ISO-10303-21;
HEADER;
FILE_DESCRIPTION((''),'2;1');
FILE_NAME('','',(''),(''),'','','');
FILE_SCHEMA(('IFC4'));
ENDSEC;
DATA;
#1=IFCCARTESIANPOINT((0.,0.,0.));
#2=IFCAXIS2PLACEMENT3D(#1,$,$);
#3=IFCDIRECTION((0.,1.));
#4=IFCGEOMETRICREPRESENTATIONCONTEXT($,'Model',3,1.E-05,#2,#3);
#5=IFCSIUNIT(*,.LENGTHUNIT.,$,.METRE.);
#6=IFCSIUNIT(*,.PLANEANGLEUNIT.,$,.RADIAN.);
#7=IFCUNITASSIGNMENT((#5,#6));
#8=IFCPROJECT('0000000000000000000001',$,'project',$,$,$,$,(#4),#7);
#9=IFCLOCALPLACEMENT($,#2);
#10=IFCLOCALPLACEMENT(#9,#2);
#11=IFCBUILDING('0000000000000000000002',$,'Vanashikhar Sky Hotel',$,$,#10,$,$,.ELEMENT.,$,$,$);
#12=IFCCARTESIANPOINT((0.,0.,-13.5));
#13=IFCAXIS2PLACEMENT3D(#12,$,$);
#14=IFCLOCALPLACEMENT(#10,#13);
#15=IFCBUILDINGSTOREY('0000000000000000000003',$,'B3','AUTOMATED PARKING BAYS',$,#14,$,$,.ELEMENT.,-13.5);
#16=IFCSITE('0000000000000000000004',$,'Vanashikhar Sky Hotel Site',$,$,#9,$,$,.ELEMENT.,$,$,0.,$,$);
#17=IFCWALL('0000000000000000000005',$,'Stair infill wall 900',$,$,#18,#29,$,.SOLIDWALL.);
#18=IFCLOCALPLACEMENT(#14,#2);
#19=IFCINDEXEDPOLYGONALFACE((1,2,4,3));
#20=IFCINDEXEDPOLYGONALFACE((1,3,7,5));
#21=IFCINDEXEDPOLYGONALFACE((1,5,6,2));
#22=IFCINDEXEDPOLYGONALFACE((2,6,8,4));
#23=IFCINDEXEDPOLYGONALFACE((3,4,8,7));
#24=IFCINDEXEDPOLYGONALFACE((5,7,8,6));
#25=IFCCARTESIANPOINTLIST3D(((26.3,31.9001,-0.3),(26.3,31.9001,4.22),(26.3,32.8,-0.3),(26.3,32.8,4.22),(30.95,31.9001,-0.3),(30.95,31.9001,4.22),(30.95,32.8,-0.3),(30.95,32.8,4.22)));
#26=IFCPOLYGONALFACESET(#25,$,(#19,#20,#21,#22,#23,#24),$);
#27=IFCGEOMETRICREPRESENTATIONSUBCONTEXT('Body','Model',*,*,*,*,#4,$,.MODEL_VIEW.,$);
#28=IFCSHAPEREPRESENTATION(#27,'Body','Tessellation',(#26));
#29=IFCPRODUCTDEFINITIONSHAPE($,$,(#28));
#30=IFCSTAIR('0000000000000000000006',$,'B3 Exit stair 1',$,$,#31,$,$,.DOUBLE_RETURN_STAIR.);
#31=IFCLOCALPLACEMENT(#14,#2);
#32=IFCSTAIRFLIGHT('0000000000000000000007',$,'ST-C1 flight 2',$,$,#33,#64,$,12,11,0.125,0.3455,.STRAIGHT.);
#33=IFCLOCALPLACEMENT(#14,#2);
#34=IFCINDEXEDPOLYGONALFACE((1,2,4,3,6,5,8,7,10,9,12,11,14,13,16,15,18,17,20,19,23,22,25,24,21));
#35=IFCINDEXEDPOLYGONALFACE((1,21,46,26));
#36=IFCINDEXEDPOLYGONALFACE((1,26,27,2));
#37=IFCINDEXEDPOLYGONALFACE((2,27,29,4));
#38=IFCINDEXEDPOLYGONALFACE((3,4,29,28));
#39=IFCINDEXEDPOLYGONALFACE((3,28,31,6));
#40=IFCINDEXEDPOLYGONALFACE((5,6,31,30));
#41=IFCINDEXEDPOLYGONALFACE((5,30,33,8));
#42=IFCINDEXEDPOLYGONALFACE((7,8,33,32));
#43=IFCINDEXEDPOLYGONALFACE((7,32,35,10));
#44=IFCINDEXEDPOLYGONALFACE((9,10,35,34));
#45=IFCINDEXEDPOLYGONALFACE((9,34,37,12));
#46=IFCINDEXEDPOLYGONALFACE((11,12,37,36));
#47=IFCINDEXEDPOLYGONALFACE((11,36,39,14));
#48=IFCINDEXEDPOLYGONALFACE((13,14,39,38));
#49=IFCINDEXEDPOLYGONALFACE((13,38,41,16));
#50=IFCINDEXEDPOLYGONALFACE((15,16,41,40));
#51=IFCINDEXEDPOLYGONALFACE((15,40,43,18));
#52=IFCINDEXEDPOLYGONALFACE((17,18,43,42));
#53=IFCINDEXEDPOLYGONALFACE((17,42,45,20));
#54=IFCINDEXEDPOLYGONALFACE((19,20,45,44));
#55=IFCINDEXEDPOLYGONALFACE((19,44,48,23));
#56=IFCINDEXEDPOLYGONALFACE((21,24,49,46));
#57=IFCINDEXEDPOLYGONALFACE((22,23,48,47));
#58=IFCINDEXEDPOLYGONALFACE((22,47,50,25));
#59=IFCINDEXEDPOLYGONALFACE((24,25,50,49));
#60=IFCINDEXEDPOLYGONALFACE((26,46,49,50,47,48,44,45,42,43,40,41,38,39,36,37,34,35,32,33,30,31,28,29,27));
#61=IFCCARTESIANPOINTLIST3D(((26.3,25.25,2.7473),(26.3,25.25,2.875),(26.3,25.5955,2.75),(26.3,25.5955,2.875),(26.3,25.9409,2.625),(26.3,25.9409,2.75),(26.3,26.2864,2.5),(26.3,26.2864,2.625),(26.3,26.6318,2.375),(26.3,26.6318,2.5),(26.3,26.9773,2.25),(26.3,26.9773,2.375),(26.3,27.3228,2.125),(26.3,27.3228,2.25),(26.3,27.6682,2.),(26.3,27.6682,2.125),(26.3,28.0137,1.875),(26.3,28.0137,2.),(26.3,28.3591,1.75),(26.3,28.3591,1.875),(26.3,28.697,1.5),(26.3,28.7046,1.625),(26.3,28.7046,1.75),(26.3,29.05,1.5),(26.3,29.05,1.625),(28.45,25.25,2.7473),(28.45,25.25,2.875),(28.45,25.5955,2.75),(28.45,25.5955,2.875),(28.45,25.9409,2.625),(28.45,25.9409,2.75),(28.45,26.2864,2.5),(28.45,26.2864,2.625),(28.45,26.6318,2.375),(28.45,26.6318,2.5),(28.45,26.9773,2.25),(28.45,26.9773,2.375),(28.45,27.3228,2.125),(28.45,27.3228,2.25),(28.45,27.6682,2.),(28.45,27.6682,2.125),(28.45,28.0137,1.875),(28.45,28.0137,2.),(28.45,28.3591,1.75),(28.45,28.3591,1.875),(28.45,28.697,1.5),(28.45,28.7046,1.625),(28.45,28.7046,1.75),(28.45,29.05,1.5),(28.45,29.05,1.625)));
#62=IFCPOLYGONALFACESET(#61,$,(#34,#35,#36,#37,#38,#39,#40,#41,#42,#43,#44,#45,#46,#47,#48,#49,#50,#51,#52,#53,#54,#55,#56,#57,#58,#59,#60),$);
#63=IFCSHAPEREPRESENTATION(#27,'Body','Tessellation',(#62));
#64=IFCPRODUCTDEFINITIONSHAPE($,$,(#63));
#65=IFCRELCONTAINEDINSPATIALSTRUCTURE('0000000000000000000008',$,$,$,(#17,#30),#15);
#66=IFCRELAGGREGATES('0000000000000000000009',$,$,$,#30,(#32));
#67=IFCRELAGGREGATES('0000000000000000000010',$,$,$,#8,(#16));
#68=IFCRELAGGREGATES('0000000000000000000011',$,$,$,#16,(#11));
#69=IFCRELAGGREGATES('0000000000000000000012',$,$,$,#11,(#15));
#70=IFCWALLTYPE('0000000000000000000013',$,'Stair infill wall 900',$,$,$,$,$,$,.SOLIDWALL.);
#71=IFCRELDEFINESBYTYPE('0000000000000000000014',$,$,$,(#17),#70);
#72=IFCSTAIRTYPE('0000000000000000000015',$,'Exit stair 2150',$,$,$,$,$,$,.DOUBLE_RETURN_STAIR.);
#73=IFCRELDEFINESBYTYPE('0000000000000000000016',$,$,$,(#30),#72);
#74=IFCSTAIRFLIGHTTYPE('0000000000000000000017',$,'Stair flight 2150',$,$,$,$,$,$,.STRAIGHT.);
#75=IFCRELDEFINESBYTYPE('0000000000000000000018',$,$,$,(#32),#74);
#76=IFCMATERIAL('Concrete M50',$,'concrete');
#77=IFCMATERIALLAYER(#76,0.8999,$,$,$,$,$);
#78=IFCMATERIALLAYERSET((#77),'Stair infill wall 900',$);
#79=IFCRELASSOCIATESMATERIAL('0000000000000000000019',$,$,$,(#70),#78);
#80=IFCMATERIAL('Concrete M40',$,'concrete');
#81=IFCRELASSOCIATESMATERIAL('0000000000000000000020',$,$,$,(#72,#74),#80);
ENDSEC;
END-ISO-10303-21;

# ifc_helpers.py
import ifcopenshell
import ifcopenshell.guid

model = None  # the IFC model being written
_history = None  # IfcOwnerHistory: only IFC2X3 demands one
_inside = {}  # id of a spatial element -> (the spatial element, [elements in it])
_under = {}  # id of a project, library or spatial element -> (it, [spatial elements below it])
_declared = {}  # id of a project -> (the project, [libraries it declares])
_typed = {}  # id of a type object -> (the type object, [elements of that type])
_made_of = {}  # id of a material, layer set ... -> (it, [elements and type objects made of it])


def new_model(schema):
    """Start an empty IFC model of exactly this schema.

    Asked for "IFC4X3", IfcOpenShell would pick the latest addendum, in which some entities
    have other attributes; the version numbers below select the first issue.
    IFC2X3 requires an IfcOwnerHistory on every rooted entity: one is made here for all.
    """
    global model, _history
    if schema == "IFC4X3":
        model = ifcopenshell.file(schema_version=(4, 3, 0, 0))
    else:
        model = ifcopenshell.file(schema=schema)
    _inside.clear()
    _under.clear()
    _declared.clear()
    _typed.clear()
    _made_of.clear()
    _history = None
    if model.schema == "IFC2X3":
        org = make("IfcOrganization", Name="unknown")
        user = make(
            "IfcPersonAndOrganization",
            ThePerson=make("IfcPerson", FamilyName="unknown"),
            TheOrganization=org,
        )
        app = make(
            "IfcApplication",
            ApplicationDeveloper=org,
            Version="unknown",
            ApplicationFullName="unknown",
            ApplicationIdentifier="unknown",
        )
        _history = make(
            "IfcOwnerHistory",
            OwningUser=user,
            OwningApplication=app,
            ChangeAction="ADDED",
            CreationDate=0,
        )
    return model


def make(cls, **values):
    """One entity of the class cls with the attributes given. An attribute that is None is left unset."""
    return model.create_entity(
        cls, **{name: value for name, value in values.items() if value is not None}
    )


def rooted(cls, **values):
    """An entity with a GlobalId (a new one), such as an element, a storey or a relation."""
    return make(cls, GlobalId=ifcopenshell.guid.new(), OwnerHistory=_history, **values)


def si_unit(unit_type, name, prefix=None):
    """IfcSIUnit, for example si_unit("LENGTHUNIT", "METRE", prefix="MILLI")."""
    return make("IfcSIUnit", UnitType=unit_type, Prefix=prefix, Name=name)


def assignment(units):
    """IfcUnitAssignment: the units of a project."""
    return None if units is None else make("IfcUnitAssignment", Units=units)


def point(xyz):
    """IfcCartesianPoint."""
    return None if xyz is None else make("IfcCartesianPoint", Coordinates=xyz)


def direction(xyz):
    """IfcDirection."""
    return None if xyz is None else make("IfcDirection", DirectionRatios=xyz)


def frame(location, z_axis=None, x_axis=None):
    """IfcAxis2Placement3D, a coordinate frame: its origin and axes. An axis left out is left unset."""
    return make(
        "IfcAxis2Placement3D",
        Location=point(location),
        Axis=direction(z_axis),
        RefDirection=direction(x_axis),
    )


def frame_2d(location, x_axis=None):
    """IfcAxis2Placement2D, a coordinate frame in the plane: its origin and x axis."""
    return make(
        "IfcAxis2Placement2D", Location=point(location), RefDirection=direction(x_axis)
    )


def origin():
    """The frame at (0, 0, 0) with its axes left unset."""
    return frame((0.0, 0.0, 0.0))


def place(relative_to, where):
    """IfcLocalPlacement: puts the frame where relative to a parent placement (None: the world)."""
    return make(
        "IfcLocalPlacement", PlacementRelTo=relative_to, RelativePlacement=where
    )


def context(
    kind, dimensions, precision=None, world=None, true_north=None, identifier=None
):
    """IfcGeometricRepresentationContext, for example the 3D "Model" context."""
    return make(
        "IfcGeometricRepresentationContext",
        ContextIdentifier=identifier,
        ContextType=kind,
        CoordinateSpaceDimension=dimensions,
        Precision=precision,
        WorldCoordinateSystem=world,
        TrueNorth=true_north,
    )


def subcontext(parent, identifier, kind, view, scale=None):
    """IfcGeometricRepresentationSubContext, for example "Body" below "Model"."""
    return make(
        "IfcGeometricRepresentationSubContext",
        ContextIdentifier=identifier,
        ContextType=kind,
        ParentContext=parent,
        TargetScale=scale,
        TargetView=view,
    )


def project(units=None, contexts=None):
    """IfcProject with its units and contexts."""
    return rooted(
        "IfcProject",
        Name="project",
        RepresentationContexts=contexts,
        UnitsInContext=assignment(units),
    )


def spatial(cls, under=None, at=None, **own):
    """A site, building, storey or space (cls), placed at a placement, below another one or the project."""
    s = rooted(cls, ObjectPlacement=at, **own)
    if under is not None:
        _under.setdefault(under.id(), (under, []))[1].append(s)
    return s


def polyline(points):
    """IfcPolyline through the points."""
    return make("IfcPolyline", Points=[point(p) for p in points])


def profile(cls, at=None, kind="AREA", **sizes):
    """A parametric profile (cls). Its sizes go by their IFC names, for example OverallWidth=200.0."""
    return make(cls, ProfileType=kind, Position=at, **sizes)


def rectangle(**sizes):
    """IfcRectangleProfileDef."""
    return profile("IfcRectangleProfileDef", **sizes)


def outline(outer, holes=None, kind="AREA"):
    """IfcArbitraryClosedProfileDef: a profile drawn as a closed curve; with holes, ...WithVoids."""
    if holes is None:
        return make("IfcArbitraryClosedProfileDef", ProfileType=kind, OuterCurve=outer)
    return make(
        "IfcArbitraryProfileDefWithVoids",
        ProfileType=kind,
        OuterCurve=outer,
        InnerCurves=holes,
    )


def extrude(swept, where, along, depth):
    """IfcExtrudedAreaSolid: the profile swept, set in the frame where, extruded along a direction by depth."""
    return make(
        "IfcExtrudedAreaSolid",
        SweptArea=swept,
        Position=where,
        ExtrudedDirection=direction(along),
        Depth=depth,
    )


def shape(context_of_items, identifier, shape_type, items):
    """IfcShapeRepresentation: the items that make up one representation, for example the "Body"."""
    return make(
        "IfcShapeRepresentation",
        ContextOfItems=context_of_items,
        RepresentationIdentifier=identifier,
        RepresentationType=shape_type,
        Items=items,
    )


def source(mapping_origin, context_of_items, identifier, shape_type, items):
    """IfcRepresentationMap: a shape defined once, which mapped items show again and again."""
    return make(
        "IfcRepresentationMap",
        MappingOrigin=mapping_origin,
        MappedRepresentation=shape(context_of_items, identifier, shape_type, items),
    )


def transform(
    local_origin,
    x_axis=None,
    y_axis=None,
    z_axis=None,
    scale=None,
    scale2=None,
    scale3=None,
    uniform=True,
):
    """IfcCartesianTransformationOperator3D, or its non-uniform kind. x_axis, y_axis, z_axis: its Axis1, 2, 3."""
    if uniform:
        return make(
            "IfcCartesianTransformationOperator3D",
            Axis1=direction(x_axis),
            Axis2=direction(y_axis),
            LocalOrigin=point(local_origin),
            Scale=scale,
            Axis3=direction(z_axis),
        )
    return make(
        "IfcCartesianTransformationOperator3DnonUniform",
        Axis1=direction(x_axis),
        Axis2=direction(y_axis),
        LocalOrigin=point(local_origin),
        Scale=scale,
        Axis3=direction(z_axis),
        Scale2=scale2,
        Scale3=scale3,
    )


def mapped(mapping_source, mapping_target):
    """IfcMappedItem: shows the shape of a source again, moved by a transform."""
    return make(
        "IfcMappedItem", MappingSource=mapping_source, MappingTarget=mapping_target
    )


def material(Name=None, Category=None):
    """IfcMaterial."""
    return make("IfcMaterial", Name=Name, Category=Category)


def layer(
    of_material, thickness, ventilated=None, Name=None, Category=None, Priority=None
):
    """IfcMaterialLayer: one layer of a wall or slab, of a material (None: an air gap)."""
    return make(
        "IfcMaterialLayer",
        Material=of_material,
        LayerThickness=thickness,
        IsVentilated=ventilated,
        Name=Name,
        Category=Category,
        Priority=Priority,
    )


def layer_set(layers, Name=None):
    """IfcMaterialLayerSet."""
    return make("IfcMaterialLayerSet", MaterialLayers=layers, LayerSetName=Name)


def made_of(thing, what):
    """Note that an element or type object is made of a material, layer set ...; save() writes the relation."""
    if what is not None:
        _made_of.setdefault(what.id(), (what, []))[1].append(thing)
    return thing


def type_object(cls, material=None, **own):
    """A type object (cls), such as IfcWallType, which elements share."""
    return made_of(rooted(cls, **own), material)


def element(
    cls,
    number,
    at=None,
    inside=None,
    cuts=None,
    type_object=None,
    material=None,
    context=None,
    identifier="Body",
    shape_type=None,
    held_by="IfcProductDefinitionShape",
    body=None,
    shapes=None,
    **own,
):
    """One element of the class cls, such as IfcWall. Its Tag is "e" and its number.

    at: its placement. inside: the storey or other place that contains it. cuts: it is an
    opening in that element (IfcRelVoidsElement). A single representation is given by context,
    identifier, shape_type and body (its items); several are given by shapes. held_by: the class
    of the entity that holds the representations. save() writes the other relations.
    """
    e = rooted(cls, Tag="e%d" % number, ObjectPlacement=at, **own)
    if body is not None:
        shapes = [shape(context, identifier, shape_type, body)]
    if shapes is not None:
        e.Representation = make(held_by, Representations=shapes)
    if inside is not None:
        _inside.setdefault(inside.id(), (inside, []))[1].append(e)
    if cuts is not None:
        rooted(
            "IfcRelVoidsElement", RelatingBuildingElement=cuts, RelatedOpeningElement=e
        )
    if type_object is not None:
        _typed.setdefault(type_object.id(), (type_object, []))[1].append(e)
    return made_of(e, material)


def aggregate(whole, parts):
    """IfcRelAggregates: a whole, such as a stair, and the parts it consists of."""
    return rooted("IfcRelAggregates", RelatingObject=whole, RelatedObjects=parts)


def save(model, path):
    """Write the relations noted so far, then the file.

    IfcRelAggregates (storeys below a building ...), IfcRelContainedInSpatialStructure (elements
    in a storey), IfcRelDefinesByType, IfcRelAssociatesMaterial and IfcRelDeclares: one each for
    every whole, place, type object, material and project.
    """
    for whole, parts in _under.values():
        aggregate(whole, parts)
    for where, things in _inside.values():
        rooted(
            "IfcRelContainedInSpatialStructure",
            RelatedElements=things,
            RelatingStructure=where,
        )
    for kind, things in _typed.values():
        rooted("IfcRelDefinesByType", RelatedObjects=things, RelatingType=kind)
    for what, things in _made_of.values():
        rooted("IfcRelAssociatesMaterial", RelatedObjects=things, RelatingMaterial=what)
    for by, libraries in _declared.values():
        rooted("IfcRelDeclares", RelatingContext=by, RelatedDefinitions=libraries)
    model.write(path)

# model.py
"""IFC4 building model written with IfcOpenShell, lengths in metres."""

from ifc_helpers import new_model, si_unit, direction, frame, frame_2d, origin, place, context, subcontext, project, spatial, polyline, rectangle, outline, extrude, source, transform, mapped, material, layer, layer_set, type_object, element, aggregate, save


model = new_model("IFC4")

# Units and contexts
model_context = context("Model", 3, precision=1e-05, world=origin(), true_north=direction((0.0, 1.0)))
body_context = subcontext(model_context, "Body", "Model", "MODEL_VIEW")
ifc_project = project(units=[si_unit("LENGTHUNIT", "METRE"), si_unit("PLANEANGLEUNIT", "RADIAN")], contexts=[model_context])

# Site, building, storey
site_placement = place(None, origin())
site = spatial("IfcSite", under=ifc_project, at=site_placement, Name="Vanashikhar Sky Hotel Site", CompositionType="ELEMENT", RefElevation=0.0)
building_placement = place(site_placement, origin())
building = spatial("IfcBuilding", under=site, at=building_placement, Name="Vanashikhar Sky Hotel", CompositionType="ELEMENT")
storey_placement = place(building_placement, frame((0.0, 0.0, -13.5)))
storey = spatial("IfcBuildingStorey", under=building, at=storey_placement, Name="B3", Description="AUTOMATED PARKING BAYS", CompositionType="ELEMENT", Elevation=-13.5)

# Shared definitions
ifc_material_1 = material(Name="Concrete M40", Category="concrete")

# Wall
ifc_material_2 = material(Name="Concrete M50", Category="concrete")
ifc_layer_1 = layer(ifc_material_2, 0.8999)
ifc_layer_set_1 = layer_set([ifc_layer_1], Name="Stair infill wall 900")
wall_type_1 = type_object("IfcWallType", Name="Stair infill wall 900", PredefinedType="SOLIDWALL", material=ifc_layer_set_1)
shared_shape_1 = source(origin(), body_context, "Body", "SweptSolid", [
    extrude(rectangle(XDim=4.6499, YDim=0.8999, at=frame_2d((2.325, 0.0))), origin(), (0.0, 0.0, 1.0), 4.52),
])
wall_1_placement = place(storey_placement, frame((26.3, 32.3501, -0.3), z_axis=(0.0, 0.0, 1.0), x_axis=(1.0, 0.0, 0.0)))
element("IfcWall", 1, at=wall_1_placement, inside=storey, type_object=wall_type_1, Name="Stair infill wall 900", PredefinedType="SOLIDWALL", context=body_context, shape_type="MappedRepresentation", body=[
    mapped(shared_shape_1, transform((0.0, 0.0, 0.0), scale=1.0)),
])

# Stair, stair flight
stair_type = type_object("IfcStairType", Name="Exit stair 2150", PredefinedType="DOUBLE_RETURN_STAIR", material=ifc_material_1)
stair_placement = place(storey_placement, origin())
stair = element("IfcStair", 2, at=stair_placement, inside=storey, type_object=stair_type, Name="B3 Exit stair 1", PredefinedType="DOUBLE_RETURN_STAIR")
stair_flight_type = type_object("IfcStairFlightType", Name="Stair flight 2150", PredefinedType="STRAIGHT", material=ifc_material_1)
shared_shape_2 = source(origin(), body_context, "Body", "SweptSolid", [
    extrude(outline(polyline([(0.0, 0.0), (0.0, 0.125), (0.3455, 0.125), (0.3455, 0.25), (0.6909, 0.25), (0.6909, 0.375), (1.0364, 0.375), (1.0364, 0.5), (1.3818, 0.5), (1.3818, 0.625), (1.7273, 0.625), (1.7273, 0.75), (2.0728, 0.75), (2.0728, 0.875), (2.4182, 0.875), (2.4182, 1.0), (2.7637, 1.0), (2.7637, 1.125), (3.1091, 1.125), (3.1091, 1.25), (3.4546, 1.25), (3.4546, 1.375), (3.8, 1.375), (3.8, 1.5), (3.8, 1.2473), (0.353, 0.0), (0.0, 0.0)])), frame((0.0, 1.075, 0.0), z_axis=(0.0, -1.0, 0.0), x_axis=(1.0, 0.0, 0.0)), (0.0, 0.0, 1.0), 2.1499),
])
stair_flight_placement = place(storey_placement, frame((27.375, 29.05, 1.5), z_axis=(0.0, 0.0, 1.0), x_axis=(0.0, -1.0, 0.0)))
stair_flight = element("IfcStairFlight", 3, at=stair_flight_placement, type_object=stair_flight_type, Name="ST-C1 flight 2", NumberOfRisers=12, NumberOfTreads=11, PredefinedType="STRAIGHT", RiserHeight=0.125, TreadLength=0.3455, context=body_context, shape_type="MappedRepresentation", body=[
    mapped(shared_shape_2, transform((0.0, 0.0, 0.0), scale=1.0)),
])
aggregate(stair, [stair_flight])

save(model, "model.ifc")
